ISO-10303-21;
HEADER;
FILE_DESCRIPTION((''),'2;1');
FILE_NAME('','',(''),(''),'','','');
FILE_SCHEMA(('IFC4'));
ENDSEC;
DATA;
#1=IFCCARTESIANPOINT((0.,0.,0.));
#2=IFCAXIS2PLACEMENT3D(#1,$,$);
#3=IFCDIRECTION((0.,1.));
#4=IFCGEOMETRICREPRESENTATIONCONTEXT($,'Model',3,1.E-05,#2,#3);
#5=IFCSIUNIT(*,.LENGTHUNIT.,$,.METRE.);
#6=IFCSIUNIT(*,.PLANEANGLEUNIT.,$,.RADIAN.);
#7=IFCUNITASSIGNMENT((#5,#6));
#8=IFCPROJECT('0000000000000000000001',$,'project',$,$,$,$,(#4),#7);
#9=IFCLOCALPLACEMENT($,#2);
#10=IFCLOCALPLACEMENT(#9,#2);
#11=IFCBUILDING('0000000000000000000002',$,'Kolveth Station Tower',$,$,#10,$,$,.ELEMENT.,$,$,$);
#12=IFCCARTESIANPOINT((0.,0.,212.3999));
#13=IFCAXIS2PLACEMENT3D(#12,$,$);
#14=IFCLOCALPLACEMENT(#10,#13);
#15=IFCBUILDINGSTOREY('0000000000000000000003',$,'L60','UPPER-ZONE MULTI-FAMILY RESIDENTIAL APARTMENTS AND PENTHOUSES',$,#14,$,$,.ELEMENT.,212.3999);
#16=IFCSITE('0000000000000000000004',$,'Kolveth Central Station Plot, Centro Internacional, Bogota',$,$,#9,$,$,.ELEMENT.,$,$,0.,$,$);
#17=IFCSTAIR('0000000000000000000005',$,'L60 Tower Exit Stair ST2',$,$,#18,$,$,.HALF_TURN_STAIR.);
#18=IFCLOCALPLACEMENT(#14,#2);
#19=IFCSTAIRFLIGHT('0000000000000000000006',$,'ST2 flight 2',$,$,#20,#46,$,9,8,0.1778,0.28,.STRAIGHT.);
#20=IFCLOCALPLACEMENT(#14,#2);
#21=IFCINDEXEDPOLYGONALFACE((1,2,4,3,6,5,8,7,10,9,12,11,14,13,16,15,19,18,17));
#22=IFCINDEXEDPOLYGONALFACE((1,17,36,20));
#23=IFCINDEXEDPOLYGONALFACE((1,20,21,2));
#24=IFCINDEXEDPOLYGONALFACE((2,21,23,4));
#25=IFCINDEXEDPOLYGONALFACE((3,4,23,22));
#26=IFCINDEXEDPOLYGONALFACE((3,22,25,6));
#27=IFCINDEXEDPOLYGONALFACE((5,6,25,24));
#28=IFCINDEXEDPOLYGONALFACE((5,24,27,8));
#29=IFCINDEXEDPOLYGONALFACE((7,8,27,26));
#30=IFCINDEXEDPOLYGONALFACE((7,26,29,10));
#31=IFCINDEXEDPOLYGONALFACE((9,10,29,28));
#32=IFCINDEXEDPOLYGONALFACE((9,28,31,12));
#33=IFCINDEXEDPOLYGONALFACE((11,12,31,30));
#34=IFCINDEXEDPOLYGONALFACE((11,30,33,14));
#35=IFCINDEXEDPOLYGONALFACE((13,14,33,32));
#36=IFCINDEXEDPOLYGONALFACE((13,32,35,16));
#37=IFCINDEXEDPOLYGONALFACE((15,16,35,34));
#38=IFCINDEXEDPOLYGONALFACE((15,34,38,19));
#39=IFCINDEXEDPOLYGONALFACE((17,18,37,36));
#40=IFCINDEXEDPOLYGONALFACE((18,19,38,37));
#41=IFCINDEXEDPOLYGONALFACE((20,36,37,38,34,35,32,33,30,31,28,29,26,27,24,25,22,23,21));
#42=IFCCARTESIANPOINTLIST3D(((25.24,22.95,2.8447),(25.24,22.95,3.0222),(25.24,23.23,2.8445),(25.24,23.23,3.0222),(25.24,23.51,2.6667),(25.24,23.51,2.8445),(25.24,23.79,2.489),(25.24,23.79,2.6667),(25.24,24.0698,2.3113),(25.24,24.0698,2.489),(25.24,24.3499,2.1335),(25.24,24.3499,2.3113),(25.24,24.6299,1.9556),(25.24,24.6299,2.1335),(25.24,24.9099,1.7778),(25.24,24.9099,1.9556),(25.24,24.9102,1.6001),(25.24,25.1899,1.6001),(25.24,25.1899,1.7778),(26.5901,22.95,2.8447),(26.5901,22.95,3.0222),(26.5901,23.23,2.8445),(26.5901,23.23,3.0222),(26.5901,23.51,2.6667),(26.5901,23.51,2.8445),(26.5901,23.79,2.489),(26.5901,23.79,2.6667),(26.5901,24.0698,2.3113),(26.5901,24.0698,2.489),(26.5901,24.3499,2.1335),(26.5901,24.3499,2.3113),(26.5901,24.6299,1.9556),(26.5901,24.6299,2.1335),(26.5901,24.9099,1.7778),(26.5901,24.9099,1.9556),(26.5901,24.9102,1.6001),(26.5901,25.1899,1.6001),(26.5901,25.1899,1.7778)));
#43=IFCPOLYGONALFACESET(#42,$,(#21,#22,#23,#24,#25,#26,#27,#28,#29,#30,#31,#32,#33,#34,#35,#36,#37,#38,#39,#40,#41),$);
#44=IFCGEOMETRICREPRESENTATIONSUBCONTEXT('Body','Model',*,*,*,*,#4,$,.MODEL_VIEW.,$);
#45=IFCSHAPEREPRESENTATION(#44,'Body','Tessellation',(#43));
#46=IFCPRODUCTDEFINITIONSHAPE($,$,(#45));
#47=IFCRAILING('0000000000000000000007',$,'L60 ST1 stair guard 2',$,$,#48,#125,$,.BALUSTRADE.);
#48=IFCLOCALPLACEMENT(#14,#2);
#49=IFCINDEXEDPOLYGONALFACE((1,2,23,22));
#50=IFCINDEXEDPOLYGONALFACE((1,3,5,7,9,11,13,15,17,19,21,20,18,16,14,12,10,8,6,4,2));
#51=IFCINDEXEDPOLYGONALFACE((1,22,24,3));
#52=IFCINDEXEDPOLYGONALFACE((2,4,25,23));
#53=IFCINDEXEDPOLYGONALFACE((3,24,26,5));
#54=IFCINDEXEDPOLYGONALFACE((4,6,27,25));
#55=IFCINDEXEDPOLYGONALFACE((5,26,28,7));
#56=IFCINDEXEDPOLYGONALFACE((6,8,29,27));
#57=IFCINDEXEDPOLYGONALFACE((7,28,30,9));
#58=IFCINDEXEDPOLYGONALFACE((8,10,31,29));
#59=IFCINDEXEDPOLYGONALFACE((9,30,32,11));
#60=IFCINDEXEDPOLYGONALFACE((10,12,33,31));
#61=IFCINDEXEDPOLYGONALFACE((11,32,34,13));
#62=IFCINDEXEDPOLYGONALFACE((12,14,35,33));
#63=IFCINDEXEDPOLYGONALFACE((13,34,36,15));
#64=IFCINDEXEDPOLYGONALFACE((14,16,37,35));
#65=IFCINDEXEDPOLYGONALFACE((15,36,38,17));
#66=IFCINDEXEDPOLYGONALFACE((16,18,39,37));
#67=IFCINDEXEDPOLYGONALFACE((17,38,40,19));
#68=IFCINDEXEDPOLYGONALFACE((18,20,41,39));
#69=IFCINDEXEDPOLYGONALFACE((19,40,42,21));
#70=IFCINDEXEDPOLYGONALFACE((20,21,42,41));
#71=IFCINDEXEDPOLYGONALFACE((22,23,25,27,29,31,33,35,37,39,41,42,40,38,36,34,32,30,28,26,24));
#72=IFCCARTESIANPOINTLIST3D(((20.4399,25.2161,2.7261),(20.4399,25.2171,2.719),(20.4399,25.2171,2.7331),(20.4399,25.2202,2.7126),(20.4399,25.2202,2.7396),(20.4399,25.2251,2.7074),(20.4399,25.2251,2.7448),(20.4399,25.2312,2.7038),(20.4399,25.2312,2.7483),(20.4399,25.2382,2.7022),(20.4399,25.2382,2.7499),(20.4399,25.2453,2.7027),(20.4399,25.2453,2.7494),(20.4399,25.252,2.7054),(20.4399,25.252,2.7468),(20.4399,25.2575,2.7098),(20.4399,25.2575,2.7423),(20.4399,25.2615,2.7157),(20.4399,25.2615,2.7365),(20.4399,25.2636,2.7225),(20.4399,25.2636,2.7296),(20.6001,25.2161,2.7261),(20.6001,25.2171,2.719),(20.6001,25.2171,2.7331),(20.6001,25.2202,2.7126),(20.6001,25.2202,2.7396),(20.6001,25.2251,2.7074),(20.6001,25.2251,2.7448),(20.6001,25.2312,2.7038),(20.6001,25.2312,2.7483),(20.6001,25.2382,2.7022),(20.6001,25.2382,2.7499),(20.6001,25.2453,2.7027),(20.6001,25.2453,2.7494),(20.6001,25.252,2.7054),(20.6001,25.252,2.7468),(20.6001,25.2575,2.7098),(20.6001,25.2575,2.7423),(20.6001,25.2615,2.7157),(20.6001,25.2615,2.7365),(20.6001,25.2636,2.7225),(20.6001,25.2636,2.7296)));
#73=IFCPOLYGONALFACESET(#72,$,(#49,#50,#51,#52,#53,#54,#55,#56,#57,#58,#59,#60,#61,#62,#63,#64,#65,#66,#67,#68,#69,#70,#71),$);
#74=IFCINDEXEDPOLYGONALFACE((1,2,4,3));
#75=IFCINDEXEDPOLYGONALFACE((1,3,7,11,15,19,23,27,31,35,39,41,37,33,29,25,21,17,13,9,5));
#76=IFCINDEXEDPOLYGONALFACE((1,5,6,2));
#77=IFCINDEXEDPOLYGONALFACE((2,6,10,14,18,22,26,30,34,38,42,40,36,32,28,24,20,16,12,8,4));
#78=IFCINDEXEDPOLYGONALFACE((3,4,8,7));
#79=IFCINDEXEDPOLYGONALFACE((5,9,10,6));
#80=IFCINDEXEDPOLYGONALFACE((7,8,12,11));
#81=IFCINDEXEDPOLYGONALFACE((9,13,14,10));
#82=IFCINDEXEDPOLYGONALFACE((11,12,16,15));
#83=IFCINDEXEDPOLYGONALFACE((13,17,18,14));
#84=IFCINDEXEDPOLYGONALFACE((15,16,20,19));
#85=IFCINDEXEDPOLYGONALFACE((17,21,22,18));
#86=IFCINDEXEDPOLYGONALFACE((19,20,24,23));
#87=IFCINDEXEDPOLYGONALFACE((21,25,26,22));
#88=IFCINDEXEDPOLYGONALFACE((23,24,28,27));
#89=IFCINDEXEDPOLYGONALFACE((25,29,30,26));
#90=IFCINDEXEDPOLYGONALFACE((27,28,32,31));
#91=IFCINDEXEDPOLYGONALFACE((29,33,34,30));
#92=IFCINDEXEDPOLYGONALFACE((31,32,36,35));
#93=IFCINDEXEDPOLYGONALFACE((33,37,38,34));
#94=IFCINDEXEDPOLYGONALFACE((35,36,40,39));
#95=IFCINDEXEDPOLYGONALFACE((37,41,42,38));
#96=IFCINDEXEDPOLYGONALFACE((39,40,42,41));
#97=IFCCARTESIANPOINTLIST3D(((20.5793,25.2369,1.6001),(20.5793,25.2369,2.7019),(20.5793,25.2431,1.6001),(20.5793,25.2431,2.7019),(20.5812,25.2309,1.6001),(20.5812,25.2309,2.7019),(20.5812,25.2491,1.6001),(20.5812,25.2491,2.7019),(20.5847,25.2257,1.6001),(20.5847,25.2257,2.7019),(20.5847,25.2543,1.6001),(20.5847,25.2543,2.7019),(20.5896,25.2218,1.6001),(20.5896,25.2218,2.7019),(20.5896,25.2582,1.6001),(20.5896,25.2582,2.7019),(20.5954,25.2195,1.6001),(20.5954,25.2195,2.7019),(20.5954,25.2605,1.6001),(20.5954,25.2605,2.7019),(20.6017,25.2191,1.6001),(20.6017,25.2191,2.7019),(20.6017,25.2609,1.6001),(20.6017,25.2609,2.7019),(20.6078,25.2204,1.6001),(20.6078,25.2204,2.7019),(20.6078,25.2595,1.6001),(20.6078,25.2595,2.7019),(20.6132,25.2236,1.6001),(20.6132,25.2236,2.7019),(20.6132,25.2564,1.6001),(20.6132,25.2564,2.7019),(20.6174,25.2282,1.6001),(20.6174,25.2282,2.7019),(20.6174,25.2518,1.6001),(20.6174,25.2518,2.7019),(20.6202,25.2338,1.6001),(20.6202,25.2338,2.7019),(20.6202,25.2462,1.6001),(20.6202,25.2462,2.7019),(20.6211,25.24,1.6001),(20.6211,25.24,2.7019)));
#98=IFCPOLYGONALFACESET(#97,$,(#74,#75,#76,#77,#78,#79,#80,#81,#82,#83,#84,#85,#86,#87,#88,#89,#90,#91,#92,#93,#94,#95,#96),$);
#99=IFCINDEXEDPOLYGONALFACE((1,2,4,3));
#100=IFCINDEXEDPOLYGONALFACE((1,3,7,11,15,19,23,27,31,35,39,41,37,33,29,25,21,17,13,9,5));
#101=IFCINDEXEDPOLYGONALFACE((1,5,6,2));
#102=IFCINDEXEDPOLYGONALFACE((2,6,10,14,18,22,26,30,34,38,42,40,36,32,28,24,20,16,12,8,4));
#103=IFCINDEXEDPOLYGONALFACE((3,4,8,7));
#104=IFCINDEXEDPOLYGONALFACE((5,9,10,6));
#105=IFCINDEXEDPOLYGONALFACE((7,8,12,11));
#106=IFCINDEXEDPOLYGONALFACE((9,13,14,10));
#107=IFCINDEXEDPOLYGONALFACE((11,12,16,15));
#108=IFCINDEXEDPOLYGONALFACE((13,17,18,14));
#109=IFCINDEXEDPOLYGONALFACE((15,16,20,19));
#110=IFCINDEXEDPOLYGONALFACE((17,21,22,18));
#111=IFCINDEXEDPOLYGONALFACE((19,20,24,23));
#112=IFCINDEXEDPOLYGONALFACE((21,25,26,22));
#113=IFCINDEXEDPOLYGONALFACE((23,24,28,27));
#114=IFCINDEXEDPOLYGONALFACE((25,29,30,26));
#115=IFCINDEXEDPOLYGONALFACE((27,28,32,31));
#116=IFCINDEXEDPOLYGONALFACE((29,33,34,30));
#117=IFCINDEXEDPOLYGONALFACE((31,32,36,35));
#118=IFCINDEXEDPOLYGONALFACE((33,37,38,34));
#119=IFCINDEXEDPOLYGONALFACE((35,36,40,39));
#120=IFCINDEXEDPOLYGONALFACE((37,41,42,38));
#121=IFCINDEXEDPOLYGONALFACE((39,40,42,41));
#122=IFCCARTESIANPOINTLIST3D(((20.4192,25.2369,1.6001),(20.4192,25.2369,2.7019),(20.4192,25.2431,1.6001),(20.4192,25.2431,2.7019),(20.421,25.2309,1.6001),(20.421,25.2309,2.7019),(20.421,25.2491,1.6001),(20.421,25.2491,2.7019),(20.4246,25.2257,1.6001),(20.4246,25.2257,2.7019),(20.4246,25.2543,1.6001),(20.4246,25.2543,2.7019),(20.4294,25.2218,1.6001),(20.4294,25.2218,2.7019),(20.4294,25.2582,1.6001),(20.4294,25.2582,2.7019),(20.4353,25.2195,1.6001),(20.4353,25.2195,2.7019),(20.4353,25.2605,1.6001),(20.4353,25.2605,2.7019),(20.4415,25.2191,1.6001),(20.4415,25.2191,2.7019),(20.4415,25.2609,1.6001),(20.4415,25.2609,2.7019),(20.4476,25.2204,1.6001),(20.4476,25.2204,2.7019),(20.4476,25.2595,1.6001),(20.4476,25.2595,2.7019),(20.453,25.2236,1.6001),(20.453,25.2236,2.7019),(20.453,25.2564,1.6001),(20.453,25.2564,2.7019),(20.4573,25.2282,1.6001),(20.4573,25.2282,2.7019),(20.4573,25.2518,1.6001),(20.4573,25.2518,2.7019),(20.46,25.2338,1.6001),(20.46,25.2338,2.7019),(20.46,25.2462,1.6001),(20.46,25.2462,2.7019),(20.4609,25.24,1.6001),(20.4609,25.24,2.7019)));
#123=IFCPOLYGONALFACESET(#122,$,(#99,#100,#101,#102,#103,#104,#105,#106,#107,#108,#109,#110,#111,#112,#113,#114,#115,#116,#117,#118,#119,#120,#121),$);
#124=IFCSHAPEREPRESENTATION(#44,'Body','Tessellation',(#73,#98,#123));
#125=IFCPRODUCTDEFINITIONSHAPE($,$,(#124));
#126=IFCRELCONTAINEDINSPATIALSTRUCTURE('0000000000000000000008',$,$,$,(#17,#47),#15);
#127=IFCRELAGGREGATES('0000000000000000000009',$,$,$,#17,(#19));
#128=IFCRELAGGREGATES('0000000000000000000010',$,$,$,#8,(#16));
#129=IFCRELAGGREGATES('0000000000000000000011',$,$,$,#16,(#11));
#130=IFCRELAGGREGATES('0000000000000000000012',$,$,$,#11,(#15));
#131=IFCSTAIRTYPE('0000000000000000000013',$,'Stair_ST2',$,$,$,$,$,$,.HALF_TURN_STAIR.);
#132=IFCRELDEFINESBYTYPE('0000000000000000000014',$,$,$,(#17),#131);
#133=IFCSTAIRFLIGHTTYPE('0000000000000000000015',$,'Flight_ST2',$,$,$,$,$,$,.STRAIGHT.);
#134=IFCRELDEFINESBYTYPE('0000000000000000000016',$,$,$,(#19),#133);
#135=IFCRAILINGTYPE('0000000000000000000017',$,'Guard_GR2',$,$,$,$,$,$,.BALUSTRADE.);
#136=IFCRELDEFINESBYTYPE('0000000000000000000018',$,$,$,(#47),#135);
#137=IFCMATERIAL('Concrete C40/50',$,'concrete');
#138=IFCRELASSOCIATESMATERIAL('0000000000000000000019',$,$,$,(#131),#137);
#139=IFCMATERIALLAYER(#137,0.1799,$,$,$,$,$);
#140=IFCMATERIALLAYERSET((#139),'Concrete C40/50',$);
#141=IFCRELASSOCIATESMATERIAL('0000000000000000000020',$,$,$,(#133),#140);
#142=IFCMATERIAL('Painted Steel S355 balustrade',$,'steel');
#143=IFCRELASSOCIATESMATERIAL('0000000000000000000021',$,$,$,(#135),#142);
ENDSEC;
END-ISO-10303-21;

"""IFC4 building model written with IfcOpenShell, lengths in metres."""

from ifc_helpers import new_model, si_unit, direction, frame, origin, origin_2d, place, context, subcontext, project, spatial, polyline, circle, outline, extrude, material, layer, layer_set, type_object, element, aggregate, save


model = new_model("IFC4")

# Units and contexts
model_context = context("Model", 3, precision=1e-05, world=origin(), true_north=direction((0.0, 1.0)))
body_context = subcontext(model_context, "Body", "Model", "MODEL_VIEW")
ifc_project = project(units=[si_unit("LENGTHUNIT", "METRE"), si_unit("PLANEANGLEUNIT", "RADIAN")], contexts=[model_context])

# Site, building, storey
site_placement = place(None, origin())
site = spatial("IfcSite", under=ifc_project, at=site_placement, Name="Kolveth Central Station Plot, Centro Internacional, Bogota", CompositionType="ELEMENT", RefElevation=0.0)
building_placement = place(site_placement, origin())
building = spatial("IfcBuilding", under=site, at=building_placement, Name="Kolveth Station Tower", CompositionType="ELEMENT")
storey_placement = place(building_placement, frame((0.0, 0.0, 212.3999)))
storey = spatial("IfcBuildingStorey", under=building, at=storey_placement, Name="L60", Description="UPPER-ZONE MULTI-FAMILY RESIDENTIAL APARTMENTS AND PENTHOUSES", CompositionType="ELEMENT", Elevation=212.3999)

# Stair, stair flight
ifc_material_1 = material(Name="Concrete C40/50", Category="concrete")
stair_type_1 = type_object("IfcStairType", Name="Stair_ST2", PredefinedType="HALF_TURN_STAIR", material=ifc_material_1)
stair_1_placement = place(storey_placement, origin())
stair_1 = element("IfcStair", 1, at=stair_1_placement, inside=storey, type_object=stair_type_1, Name="L60 Tower Exit Stair ST2", PredefinedType="HALF_TURN_STAIR")
ifc_layer_1 = layer(ifc_material_1, 0.1799)
ifc_layer_set_1 = layer_set([ifc_layer_1], Name="Concrete C40/50")
stair_flight_type_1 = type_object("IfcStairFlightType", Name="Flight_ST2", PredefinedType="STRAIGHT", material=ifc_layer_set_1)
stair_flight_1_placement = place(storey_placement, frame((25.915, 25.1899, 1.6001), z_axis=(0.0, 0.0, 1.0), x_axis=(0.0, -1.0, 0.0)))
stair_flight_1 = element("IfcStairFlight", 2, at=stair_flight_1_placement, type_object=stair_flight_type_1, Name="ST2 flight 2", NumberOfRisers=9, NumberOfTreads=8, PredefinedType="STRAIGHT", RiserHeight=0.1778, TreadLength=0.28, context=body_context, shape_type="SweptSolid", body=[
    extrude(outline(polyline([(0.0, 0.0), (0.0, 0.1777), (0.28, 0.1777), (0.28, 0.3555), (0.5601, 0.3555), (0.5601, 0.5334), (0.8401, 0.5334), (0.8401, 0.7112), (1.1201, 0.7112), (1.1201, 0.8889), (1.3999, 0.8889), (1.3999, 1.0667), (1.6799, 1.0667), (1.6799, 1.2444), (1.96, 1.2444), (1.96, 1.4221), (2.24, 1.4221), (2.24, 1.6001), (2.24, 1.2446), (0.2798, 0.0), (0.0, 0.0)])), frame((0.0, 0.675, 0.0), z_axis=(0.0, -1.0, 0.0), x_axis=(1.0, 0.0, 0.0)), (0.0, 0.0, 1.0), 1.3501),
])
aggregate(stair_1, [stair_flight_1])

# Railing
ifc_material_2 = material(Name="Painted Steel S355 balustrade", Category="steel")
railing_type_1 = type_object("IfcRailingType", Name="Guard_GR2", PredefinedType="BALUSTRADE", material=ifc_material_2)
railing_1_placement = place(storey_placement, frame((20.6001, 25.24, 1.6001)))
element("IfcRailing", 3, at=railing_1_placement, inside=storey, type_object=railing_type_1, Name="L60 ST1 stair guard 2", PredefinedType="BALUSTRADE", context=body_context, shape_type="SweptSolid", body=[
    extrude(circle(Radius=0.0239, at=origin_2d()), frame((0.0, 0.0, 1.126), z_axis=(-1.0, 0.0, 0.0), x_axis=(0.0, -1.0, 0.0)), (0.0, 0.0, 1.0), 0.1602),
    extrude(circle(Radius=0.021, at=origin_2d()), origin(), (0.0, 0.0, 1.0), 1.1018),
    extrude(circle(Radius=0.021, at=origin_2d()), frame((-0.1602, 0.0, 0.0)), (0.0, 0.0, 1.0), 1.1018),
])

save(model, "model.ifc")
